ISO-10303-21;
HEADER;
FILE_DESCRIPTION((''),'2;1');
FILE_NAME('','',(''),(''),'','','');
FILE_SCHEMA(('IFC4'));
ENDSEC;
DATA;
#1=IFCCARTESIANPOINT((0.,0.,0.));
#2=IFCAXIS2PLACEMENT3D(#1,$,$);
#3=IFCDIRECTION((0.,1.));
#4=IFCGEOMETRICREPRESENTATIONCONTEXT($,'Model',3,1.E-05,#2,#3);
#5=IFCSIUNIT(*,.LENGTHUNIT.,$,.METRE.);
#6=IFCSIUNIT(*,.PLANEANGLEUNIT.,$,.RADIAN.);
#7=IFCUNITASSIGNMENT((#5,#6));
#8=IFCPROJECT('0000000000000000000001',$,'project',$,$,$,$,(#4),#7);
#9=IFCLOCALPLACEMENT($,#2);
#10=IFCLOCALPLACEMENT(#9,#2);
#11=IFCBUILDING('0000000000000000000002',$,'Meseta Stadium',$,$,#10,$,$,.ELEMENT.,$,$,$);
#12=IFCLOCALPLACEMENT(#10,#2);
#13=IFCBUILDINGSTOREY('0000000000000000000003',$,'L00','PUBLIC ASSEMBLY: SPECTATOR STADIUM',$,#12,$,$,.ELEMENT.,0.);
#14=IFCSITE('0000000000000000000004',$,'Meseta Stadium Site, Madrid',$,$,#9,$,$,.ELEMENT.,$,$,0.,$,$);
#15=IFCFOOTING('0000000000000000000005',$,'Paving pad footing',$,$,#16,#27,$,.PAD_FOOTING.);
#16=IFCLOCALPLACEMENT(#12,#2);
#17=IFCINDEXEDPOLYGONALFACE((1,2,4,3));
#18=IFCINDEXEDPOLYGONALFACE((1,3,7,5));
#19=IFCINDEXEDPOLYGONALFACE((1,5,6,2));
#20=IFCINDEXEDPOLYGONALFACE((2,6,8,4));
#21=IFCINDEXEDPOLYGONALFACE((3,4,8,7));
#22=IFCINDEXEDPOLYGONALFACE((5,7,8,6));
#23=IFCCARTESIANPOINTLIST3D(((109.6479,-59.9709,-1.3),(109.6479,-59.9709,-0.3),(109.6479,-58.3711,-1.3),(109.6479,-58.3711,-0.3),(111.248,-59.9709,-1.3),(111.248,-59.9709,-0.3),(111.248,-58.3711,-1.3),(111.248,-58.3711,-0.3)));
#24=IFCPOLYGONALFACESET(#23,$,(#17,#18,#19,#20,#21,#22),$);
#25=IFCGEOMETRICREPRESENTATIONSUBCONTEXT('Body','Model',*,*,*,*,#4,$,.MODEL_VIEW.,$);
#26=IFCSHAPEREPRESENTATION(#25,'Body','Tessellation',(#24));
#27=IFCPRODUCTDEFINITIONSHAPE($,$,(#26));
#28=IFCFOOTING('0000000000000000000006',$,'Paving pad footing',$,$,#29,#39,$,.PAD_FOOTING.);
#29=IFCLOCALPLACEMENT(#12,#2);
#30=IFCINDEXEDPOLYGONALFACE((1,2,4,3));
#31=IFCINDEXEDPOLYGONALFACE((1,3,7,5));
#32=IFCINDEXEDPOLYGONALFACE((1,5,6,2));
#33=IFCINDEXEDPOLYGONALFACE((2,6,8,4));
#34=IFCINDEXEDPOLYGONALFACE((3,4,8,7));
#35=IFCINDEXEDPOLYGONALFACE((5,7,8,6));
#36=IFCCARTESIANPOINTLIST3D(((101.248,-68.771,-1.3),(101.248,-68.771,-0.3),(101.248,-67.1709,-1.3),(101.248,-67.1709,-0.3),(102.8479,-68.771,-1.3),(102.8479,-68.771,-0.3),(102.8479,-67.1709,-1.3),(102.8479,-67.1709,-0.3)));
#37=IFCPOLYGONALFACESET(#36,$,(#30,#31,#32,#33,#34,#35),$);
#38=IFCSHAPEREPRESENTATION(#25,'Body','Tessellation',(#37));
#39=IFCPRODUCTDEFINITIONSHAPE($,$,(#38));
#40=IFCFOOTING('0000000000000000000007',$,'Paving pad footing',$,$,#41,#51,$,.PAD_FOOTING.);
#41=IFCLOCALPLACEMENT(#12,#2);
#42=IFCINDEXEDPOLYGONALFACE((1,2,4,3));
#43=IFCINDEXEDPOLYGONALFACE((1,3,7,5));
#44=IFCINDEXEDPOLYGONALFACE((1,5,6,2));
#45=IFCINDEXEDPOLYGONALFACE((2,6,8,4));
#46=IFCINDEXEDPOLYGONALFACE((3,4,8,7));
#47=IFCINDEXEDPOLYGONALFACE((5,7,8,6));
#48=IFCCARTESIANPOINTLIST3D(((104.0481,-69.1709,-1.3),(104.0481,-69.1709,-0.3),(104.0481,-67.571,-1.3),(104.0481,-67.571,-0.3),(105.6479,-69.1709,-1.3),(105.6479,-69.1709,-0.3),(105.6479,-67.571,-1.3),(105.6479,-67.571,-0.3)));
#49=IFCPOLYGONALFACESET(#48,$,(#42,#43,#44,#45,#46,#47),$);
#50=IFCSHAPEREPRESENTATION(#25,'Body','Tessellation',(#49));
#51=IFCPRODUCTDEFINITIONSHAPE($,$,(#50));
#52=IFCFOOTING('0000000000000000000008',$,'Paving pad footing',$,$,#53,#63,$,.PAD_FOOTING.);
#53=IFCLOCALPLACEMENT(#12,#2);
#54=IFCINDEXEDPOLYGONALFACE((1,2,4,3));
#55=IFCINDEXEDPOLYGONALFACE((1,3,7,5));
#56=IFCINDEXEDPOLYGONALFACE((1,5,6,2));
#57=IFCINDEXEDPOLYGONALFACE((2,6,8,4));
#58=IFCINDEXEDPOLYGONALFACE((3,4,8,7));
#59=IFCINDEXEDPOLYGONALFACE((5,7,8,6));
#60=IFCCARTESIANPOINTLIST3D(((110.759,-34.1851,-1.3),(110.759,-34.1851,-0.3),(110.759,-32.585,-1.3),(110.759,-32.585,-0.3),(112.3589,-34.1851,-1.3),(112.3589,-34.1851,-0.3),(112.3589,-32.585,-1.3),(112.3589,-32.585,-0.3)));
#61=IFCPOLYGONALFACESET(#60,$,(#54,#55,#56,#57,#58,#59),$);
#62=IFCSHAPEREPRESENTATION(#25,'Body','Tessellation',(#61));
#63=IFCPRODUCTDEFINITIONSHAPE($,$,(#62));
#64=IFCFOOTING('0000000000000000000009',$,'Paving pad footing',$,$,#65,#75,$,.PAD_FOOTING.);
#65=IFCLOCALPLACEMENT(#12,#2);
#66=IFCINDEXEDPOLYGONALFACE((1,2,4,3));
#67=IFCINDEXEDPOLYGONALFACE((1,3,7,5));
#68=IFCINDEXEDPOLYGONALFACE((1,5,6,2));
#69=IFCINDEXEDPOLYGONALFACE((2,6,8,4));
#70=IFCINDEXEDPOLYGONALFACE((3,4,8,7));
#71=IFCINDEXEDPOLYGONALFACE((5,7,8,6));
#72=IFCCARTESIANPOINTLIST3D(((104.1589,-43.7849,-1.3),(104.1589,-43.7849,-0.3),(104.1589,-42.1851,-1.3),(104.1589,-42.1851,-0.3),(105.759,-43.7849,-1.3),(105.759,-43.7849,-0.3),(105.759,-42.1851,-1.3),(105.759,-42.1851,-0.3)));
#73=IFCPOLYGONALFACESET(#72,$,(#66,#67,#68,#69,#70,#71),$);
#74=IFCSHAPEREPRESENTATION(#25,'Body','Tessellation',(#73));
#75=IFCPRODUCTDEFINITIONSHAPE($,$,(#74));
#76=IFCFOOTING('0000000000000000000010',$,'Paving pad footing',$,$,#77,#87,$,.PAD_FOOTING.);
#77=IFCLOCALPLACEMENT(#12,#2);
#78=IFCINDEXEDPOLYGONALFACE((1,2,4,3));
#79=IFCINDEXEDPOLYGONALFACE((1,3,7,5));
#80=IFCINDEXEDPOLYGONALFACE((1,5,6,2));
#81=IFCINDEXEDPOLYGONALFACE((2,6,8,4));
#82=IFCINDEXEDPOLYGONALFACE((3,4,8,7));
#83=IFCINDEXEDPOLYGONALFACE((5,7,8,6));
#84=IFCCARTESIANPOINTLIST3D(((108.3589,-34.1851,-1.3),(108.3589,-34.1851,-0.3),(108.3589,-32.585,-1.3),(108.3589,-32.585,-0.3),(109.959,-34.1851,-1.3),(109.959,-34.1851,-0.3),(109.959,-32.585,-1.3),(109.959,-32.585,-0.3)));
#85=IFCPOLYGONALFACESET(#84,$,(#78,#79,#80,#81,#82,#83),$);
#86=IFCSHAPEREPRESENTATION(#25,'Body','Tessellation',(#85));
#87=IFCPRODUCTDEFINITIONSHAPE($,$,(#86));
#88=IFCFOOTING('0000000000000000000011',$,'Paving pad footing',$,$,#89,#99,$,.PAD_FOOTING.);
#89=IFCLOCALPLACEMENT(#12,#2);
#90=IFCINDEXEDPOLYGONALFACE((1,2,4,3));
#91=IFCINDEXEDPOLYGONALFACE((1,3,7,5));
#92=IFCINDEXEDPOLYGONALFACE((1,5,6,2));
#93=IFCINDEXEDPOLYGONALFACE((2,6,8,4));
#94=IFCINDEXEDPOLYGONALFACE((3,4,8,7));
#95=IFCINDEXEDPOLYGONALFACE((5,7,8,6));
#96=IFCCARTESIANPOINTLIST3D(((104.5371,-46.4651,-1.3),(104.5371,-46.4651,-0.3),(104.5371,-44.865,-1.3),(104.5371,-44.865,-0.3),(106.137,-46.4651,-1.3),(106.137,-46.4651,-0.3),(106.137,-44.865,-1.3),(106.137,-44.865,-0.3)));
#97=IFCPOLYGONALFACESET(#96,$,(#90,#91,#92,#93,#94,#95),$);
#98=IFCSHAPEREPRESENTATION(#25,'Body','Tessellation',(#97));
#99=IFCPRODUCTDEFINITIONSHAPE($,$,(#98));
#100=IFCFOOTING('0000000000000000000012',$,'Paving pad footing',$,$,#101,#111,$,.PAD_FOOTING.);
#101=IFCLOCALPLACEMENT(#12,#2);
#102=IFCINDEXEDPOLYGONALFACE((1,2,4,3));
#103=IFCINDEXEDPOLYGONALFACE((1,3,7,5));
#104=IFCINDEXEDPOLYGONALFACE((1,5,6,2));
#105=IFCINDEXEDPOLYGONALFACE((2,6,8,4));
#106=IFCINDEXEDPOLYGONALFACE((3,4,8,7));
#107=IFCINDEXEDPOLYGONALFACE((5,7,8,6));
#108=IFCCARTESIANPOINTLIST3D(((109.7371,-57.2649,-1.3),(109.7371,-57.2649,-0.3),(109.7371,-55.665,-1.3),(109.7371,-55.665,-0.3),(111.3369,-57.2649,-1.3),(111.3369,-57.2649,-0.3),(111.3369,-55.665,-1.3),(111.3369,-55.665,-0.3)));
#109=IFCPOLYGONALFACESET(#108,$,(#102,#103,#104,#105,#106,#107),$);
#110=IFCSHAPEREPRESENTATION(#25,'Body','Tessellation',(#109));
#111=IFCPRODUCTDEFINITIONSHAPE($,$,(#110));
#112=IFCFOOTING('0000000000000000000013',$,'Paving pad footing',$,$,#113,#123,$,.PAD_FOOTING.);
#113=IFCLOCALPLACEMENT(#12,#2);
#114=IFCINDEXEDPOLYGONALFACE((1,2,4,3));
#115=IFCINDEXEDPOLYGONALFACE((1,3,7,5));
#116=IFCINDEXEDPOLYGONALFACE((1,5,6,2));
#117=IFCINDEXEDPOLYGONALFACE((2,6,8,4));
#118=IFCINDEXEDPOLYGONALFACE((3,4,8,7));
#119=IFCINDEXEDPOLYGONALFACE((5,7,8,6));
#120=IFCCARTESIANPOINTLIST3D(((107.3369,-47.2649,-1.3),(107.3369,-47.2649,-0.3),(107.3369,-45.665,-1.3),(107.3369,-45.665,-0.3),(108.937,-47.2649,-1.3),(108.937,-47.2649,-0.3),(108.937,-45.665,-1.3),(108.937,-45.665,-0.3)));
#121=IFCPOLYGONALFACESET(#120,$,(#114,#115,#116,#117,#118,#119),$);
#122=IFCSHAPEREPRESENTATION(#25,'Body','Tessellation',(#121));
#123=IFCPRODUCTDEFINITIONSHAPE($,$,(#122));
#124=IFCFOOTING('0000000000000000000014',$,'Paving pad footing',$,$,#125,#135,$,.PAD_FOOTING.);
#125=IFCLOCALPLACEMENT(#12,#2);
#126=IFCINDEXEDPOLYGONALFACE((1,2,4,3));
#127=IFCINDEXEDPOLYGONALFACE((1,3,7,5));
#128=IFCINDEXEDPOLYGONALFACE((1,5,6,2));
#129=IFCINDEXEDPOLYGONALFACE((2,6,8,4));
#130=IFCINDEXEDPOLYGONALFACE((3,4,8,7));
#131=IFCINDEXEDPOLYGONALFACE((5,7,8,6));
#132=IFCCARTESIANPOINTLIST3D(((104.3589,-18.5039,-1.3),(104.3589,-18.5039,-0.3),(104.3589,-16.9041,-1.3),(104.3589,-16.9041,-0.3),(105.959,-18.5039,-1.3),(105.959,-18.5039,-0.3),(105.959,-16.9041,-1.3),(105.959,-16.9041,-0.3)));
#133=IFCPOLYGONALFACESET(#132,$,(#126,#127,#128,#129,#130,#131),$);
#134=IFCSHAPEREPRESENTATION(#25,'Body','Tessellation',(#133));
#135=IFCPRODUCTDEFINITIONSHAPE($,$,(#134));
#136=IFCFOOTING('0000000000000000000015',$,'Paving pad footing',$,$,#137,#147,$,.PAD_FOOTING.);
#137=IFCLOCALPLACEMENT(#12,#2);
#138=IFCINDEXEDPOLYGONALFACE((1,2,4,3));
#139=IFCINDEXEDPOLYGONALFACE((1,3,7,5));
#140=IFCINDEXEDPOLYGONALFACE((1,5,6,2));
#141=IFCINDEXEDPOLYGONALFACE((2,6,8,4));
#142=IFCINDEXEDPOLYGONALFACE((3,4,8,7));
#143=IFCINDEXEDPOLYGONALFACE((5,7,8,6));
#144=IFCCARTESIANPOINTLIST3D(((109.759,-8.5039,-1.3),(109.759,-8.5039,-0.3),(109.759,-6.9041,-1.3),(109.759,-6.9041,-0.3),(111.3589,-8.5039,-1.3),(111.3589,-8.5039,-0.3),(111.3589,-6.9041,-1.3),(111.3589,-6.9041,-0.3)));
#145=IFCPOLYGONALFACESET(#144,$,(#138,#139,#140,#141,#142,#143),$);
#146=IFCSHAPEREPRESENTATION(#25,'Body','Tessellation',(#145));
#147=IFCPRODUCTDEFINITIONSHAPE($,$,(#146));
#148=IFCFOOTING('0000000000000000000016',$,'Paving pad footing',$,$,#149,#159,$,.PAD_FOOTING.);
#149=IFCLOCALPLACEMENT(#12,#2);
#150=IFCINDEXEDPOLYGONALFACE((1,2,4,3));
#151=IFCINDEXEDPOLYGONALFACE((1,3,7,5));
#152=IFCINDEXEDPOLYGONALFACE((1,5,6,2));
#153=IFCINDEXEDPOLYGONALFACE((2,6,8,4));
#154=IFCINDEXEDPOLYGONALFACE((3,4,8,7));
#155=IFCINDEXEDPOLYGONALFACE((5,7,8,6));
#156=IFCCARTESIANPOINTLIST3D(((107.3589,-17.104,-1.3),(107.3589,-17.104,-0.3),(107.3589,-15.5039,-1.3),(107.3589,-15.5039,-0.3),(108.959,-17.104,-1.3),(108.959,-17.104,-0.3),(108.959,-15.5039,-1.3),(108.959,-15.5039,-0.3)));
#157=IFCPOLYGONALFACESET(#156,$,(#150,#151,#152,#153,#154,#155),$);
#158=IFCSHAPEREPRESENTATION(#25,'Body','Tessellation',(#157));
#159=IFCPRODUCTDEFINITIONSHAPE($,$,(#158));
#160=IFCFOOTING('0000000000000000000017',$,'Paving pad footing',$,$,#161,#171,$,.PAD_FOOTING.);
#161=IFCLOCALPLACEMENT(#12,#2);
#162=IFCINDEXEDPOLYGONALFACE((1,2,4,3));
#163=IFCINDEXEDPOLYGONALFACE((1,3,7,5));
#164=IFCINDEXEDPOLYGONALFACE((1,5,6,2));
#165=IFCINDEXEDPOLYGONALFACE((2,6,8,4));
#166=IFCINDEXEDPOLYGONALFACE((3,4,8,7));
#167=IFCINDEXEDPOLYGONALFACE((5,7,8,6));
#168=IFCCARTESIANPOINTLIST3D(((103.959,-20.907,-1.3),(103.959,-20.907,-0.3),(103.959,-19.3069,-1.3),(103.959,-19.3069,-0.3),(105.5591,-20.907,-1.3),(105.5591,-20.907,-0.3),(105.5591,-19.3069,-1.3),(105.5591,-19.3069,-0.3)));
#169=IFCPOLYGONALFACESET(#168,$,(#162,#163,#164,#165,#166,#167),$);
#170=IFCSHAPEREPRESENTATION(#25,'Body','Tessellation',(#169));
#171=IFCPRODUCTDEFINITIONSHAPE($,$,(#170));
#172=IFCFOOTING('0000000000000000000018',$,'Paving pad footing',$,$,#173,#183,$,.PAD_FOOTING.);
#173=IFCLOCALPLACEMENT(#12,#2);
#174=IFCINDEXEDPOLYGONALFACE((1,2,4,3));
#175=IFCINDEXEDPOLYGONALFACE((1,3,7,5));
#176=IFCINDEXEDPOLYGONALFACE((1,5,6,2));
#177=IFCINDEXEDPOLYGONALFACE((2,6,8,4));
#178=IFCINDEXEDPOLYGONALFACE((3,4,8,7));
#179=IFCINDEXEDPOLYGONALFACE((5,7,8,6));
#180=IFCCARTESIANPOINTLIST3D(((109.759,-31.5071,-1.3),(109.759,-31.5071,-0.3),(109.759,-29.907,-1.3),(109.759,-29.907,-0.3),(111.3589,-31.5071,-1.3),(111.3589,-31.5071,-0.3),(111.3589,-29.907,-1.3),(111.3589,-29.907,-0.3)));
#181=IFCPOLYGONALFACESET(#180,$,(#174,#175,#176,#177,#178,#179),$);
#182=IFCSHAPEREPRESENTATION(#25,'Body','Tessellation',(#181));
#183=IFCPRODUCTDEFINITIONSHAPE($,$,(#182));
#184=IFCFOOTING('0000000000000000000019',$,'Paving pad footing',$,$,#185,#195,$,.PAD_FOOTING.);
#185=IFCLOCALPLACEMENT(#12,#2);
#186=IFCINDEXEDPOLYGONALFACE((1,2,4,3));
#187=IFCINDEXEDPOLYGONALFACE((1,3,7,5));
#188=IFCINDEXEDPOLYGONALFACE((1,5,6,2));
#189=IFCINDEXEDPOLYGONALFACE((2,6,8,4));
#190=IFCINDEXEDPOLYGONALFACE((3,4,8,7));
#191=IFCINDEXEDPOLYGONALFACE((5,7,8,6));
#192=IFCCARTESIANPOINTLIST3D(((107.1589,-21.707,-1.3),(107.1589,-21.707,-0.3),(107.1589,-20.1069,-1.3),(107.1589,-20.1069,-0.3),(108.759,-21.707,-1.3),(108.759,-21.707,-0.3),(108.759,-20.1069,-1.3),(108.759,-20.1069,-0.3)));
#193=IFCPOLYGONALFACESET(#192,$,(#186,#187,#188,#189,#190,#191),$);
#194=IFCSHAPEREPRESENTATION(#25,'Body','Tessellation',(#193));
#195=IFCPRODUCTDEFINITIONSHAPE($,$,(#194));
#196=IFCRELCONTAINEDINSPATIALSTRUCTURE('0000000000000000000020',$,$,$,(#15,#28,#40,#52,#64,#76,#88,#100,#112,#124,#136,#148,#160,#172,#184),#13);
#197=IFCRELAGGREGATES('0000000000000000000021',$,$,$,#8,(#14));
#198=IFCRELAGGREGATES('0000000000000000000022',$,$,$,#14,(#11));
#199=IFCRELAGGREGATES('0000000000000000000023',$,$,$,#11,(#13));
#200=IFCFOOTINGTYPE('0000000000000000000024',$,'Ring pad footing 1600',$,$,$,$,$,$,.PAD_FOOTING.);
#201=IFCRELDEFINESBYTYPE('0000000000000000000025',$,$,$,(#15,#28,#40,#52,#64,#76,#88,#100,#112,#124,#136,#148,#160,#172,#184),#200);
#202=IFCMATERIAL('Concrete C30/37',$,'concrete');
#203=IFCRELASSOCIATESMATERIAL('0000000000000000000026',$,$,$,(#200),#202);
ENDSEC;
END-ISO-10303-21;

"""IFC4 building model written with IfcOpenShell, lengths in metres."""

from ifc_helpers import new_model, si_unit, direction, frame, origin, place, context, subcontext, project, spatial, polyline, outline, extrude, material, type_object, element, save


model = new_model("IFC4")

# Units and contexts
model_context = context("Model", 3, precision=1e-05, world=origin(), true_north=direction((0.0, 1.0)))
body_context = subcontext(model_context, "Body", "Model", "MODEL_VIEW")
ifc_project = project(units=[si_unit("LENGTHUNIT", "METRE"), si_unit("PLANEANGLEUNIT", "RADIAN")], contexts=[model_context])

# Site, building, storey
site_placement = place(None, origin())
site = spatial("IfcSite", under=ifc_project, at=site_placement, Name="Meseta Stadium Site, Madrid", CompositionType="ELEMENT", RefElevation=0.0)
building_placement = place(site_placement, origin())
building = spatial("IfcBuilding", under=site, at=building_placement, Name="Meseta Stadium", CompositionType="ELEMENT")
storey_placement = place(building_placement, origin())
storey = spatial("IfcBuildingStorey", under=building, at=storey_placement, Name="L00", Description="PUBLIC ASSEMBLY: SPECTATOR STADIUM", CompositionType="ELEMENT", Elevation=0.0)

# Footings
ifc_material_1 = material(Name="Concrete C30/37", Category="concrete")
footing_type = type_object("IfcFootingType", Name="Ring pad footing 1600", PredefinedType="PAD_FOOTING", material=ifc_material_1)
footing_1_placement = place(storey_placement, frame((0.0, 0.0, -1.3)))
element("IfcFooting", 1, at=footing_1_placement, inside=storey, type_object=footing_type, Name="Paving pad footing", PredefinedType="PAD_FOOTING", context=body_context, shape_type="SweptSolid", body=[
    extrude(outline(polyline([(111.248, -59.9709), (111.248, -58.3711), (109.6479, -58.3711), (109.6479, -59.9709), (111.248, -59.9709)])), origin(), (0.0, 0.0, 1.0), 1.0),
])
footing_2_placement = place(storey_placement, frame((0.0, 0.0, -1.3)))
element("IfcFooting", 2, at=footing_2_placement, inside=storey, type_object=footing_type, Name="Paving pad footing", PredefinedType="PAD_FOOTING", context=body_context, shape_type="SweptSolid", body=[
    extrude(outline(polyline([(102.8479, -68.771), (102.8479, -67.1709), (101.248, -67.1709), (101.248, -68.771), (102.8479, -68.771)])), origin(), (0.0, 0.0, 1.0), 1.0),
])
footing_3_placement = place(storey_placement, frame((0.0, 0.0, -1.3)))
element("IfcFooting", 3, at=footing_3_placement, inside=storey, type_object=footing_type, Name="Paving pad footing", PredefinedType="PAD_FOOTING", context=body_context, shape_type="SweptSolid", body=[
    extrude(outline(polyline([(105.6479, -69.1709), (105.6479, -67.571), (104.0481, -67.571), (104.0481, -69.1709), (105.6479, -69.1709)])), origin(), (0.0, 0.0, 1.0), 1.0),
])
footing_4_placement = place(storey_placement, frame((0.0, 0.0, -1.3)))
element("IfcFooting", 4, at=footing_4_placement, inside=storey, type_object=footing_type, Name="Paving pad footing", PredefinedType="PAD_FOOTING", context=body_context, shape_type="SweptSolid", body=[
    extrude(outline(polyline([(112.3589, -34.1851), (112.3589, -32.585), (110.759, -32.585), (110.759, -34.1851), (112.3589, -34.1851)])), origin(), (0.0, 0.0, 1.0), 1.0),
])
footing_5_placement = place(storey_placement, frame((0.0, 0.0, -1.3)))
element("IfcFooting", 5, at=footing_5_placement, inside=storey, type_object=footing_type, Name="Paving pad footing", PredefinedType="PAD_FOOTING", context=body_context, shape_type="SweptSolid", body=[
    extrude(outline(polyline([(105.759, -43.7849), (105.759, -42.1851), (104.1589, -42.1851), (104.1589, -43.7849), (105.759, -43.7849)])), origin(), (0.0, 0.0, 1.0), 1.0),
])
footing_6_placement = place(storey_placement, frame((0.0, 0.0, -1.3)))
element("IfcFooting", 6, at=footing_6_placement, inside=storey, type_object=footing_type, Name="Paving pad footing", PredefinedType="PAD_FOOTING", context=body_context, shape_type="SweptSolid", body=[
    extrude(outline(polyline([(109.959, -34.1851), (109.959, -32.585), (108.3589, -32.585), (108.3589, -34.1851), (109.959, -34.1851)])), origin(), (0.0, 0.0, 1.0), 1.0),
])
footing_7_placement = place(storey_placement, frame((0.0, 0.0, -1.3)))
element("IfcFooting", 7, at=footing_7_placement, inside=storey, type_object=footing_type, Name="Paving pad footing", PredefinedType="PAD_FOOTING", context=body_context, shape_type="SweptSolid", body=[
    extrude(outline(polyline([(106.137, -46.4651), (106.137, -44.865), (104.5371, -44.865), (104.5371, -46.4651), (106.137, -46.4651)])), origin(), (0.0, 0.0, 1.0), 1.0),
])
footing_8_placement = place(storey_placement, frame((0.0, 0.0, -1.3)))
element("IfcFooting", 8, at=footing_8_placement, inside=storey, type_object=footing_type, Name="Paving pad footing", PredefinedType="PAD_FOOTING", context=body_context, shape_type="SweptSolid", body=[
    extrude(outline(polyline([(111.3369, -57.2649), (111.3369, -55.665), (109.7371, -55.665), (109.7371, -57.2649), (111.3369, -57.2649)])), origin(), (0.0, 0.0, 1.0), 1.0),
])
footing_9_placement = place(storey_placement, frame((0.0, 0.0, -1.3)))
element("IfcFooting", 9, at=footing_9_placement, inside=storey, type_object=footing_type, Name="Paving pad footing", PredefinedType="PAD_FOOTING", context=body_context, shape_type="SweptSolid", body=[
    extrude(outline(polyline([(108.937, -47.2649), (108.937, -45.665), (107.3369, -45.665), (107.3369, -47.2649), (108.937, -47.2649)])), origin(), (0.0, 0.0, 1.0), 1.0),
])
footing_10_placement = place(storey_placement, frame((0.0, 0.0, -1.3)))
element("IfcFooting", 10, at=footing_10_placement, inside=storey, type_object=footing_type, Name="Paving pad footing", PredefinedType="PAD_FOOTING", context=body_context, shape_type="SweptSolid", body=[
    extrude(outline(polyline([(105.959, -18.5039), (105.959, -16.9041), (104.3589, -16.9041), (104.3589, -18.5039), (105.959, -18.5039)])), origin(), (0.0, 0.0, 1.0), 1.0),
])
footing_11_placement = place(storey_placement, frame((0.0, 0.0, -1.3)))
element("IfcFooting", 11, at=footing_11_placement, inside=storey, type_object=footing_type, Name="Paving pad footing", PredefinedType="PAD_FOOTING", context=body_context, shape_type="SweptSolid", body=[
    extrude(outline(polyline([(111.3589, -8.5039), (111.3589, -6.9041), (109.759, -6.9041), (109.759, -8.5039), (111.3589, -8.5039)])), origin(), (0.0, 0.0, 1.0), 1.0),
])
footing_12_placement = place(storey_placement, frame((0.0, 0.0, -1.3)))
element("IfcFooting", 12, at=footing_12_placement, inside=storey, type_object=footing_type, Name="Paving pad footing", PredefinedType="PAD_FOOTING", context=body_context, shape_type="SweptSolid", body=[
    extrude(outline(polyline([(108.959, -17.104), (108.959, -15.5039), (107.3589, -15.5039), (107.3589, -17.104), (108.959, -17.104)])), origin(), (0.0, 0.0, 1.0), 1.0),
])
footing_13_placement = place(storey_placement, frame((0.0, 0.0, -1.3)))
element("IfcFooting", 13, at=footing_13_placement, inside=storey, type_object=footing_type, Name="Paving pad footing", PredefinedType="PAD_FOOTING", context=body_context, shape_type="SweptSolid", body=[
    extrude(outline(polyline([(105.5591, -20.907), (105.5591, -19.3069), (103.959, -19.3069), (103.959, -20.907), (105.5591, -20.907)])), origin(), (0.0, 0.0, 1.0), 1.0),
])
footing_14_placement = place(storey_placement, frame((0.0, 0.0, -1.3)))
element("IfcFooting", 14, at=footing_14_placement, inside=storey, type_object=footing_type, Name="Paving pad footing", PredefinedType="PAD_FOOTING", context=body_context, shape_type="SweptSolid", body=[
    extrude(outline(polyline([(111.3589, -31.5071), (111.3589, -29.907), (109.759, -29.907), (109.759, -31.5071), (111.3589, -31.5071)])), origin(), (0.0, 0.0, 1.0), 1.0),
])
footing_15_placement = place(storey_placement, frame((0.0, 0.0, -1.3)))
element("IfcFooting", 15, at=footing_15_placement, inside=storey, type_object=footing_type, Name="Paving pad footing", PredefinedType="PAD_FOOTING", context=body_context, shape_type="SweptSolid", body=[
    extrude(outline(polyline([(108.759, -21.707), (108.759, -20.1069), (107.1589, -20.1069), (107.1589, -21.707), (108.759, -21.707)])), origin(), (0.0, 0.0, 1.0), 1.0),
])

save(model, "model.ifc")
